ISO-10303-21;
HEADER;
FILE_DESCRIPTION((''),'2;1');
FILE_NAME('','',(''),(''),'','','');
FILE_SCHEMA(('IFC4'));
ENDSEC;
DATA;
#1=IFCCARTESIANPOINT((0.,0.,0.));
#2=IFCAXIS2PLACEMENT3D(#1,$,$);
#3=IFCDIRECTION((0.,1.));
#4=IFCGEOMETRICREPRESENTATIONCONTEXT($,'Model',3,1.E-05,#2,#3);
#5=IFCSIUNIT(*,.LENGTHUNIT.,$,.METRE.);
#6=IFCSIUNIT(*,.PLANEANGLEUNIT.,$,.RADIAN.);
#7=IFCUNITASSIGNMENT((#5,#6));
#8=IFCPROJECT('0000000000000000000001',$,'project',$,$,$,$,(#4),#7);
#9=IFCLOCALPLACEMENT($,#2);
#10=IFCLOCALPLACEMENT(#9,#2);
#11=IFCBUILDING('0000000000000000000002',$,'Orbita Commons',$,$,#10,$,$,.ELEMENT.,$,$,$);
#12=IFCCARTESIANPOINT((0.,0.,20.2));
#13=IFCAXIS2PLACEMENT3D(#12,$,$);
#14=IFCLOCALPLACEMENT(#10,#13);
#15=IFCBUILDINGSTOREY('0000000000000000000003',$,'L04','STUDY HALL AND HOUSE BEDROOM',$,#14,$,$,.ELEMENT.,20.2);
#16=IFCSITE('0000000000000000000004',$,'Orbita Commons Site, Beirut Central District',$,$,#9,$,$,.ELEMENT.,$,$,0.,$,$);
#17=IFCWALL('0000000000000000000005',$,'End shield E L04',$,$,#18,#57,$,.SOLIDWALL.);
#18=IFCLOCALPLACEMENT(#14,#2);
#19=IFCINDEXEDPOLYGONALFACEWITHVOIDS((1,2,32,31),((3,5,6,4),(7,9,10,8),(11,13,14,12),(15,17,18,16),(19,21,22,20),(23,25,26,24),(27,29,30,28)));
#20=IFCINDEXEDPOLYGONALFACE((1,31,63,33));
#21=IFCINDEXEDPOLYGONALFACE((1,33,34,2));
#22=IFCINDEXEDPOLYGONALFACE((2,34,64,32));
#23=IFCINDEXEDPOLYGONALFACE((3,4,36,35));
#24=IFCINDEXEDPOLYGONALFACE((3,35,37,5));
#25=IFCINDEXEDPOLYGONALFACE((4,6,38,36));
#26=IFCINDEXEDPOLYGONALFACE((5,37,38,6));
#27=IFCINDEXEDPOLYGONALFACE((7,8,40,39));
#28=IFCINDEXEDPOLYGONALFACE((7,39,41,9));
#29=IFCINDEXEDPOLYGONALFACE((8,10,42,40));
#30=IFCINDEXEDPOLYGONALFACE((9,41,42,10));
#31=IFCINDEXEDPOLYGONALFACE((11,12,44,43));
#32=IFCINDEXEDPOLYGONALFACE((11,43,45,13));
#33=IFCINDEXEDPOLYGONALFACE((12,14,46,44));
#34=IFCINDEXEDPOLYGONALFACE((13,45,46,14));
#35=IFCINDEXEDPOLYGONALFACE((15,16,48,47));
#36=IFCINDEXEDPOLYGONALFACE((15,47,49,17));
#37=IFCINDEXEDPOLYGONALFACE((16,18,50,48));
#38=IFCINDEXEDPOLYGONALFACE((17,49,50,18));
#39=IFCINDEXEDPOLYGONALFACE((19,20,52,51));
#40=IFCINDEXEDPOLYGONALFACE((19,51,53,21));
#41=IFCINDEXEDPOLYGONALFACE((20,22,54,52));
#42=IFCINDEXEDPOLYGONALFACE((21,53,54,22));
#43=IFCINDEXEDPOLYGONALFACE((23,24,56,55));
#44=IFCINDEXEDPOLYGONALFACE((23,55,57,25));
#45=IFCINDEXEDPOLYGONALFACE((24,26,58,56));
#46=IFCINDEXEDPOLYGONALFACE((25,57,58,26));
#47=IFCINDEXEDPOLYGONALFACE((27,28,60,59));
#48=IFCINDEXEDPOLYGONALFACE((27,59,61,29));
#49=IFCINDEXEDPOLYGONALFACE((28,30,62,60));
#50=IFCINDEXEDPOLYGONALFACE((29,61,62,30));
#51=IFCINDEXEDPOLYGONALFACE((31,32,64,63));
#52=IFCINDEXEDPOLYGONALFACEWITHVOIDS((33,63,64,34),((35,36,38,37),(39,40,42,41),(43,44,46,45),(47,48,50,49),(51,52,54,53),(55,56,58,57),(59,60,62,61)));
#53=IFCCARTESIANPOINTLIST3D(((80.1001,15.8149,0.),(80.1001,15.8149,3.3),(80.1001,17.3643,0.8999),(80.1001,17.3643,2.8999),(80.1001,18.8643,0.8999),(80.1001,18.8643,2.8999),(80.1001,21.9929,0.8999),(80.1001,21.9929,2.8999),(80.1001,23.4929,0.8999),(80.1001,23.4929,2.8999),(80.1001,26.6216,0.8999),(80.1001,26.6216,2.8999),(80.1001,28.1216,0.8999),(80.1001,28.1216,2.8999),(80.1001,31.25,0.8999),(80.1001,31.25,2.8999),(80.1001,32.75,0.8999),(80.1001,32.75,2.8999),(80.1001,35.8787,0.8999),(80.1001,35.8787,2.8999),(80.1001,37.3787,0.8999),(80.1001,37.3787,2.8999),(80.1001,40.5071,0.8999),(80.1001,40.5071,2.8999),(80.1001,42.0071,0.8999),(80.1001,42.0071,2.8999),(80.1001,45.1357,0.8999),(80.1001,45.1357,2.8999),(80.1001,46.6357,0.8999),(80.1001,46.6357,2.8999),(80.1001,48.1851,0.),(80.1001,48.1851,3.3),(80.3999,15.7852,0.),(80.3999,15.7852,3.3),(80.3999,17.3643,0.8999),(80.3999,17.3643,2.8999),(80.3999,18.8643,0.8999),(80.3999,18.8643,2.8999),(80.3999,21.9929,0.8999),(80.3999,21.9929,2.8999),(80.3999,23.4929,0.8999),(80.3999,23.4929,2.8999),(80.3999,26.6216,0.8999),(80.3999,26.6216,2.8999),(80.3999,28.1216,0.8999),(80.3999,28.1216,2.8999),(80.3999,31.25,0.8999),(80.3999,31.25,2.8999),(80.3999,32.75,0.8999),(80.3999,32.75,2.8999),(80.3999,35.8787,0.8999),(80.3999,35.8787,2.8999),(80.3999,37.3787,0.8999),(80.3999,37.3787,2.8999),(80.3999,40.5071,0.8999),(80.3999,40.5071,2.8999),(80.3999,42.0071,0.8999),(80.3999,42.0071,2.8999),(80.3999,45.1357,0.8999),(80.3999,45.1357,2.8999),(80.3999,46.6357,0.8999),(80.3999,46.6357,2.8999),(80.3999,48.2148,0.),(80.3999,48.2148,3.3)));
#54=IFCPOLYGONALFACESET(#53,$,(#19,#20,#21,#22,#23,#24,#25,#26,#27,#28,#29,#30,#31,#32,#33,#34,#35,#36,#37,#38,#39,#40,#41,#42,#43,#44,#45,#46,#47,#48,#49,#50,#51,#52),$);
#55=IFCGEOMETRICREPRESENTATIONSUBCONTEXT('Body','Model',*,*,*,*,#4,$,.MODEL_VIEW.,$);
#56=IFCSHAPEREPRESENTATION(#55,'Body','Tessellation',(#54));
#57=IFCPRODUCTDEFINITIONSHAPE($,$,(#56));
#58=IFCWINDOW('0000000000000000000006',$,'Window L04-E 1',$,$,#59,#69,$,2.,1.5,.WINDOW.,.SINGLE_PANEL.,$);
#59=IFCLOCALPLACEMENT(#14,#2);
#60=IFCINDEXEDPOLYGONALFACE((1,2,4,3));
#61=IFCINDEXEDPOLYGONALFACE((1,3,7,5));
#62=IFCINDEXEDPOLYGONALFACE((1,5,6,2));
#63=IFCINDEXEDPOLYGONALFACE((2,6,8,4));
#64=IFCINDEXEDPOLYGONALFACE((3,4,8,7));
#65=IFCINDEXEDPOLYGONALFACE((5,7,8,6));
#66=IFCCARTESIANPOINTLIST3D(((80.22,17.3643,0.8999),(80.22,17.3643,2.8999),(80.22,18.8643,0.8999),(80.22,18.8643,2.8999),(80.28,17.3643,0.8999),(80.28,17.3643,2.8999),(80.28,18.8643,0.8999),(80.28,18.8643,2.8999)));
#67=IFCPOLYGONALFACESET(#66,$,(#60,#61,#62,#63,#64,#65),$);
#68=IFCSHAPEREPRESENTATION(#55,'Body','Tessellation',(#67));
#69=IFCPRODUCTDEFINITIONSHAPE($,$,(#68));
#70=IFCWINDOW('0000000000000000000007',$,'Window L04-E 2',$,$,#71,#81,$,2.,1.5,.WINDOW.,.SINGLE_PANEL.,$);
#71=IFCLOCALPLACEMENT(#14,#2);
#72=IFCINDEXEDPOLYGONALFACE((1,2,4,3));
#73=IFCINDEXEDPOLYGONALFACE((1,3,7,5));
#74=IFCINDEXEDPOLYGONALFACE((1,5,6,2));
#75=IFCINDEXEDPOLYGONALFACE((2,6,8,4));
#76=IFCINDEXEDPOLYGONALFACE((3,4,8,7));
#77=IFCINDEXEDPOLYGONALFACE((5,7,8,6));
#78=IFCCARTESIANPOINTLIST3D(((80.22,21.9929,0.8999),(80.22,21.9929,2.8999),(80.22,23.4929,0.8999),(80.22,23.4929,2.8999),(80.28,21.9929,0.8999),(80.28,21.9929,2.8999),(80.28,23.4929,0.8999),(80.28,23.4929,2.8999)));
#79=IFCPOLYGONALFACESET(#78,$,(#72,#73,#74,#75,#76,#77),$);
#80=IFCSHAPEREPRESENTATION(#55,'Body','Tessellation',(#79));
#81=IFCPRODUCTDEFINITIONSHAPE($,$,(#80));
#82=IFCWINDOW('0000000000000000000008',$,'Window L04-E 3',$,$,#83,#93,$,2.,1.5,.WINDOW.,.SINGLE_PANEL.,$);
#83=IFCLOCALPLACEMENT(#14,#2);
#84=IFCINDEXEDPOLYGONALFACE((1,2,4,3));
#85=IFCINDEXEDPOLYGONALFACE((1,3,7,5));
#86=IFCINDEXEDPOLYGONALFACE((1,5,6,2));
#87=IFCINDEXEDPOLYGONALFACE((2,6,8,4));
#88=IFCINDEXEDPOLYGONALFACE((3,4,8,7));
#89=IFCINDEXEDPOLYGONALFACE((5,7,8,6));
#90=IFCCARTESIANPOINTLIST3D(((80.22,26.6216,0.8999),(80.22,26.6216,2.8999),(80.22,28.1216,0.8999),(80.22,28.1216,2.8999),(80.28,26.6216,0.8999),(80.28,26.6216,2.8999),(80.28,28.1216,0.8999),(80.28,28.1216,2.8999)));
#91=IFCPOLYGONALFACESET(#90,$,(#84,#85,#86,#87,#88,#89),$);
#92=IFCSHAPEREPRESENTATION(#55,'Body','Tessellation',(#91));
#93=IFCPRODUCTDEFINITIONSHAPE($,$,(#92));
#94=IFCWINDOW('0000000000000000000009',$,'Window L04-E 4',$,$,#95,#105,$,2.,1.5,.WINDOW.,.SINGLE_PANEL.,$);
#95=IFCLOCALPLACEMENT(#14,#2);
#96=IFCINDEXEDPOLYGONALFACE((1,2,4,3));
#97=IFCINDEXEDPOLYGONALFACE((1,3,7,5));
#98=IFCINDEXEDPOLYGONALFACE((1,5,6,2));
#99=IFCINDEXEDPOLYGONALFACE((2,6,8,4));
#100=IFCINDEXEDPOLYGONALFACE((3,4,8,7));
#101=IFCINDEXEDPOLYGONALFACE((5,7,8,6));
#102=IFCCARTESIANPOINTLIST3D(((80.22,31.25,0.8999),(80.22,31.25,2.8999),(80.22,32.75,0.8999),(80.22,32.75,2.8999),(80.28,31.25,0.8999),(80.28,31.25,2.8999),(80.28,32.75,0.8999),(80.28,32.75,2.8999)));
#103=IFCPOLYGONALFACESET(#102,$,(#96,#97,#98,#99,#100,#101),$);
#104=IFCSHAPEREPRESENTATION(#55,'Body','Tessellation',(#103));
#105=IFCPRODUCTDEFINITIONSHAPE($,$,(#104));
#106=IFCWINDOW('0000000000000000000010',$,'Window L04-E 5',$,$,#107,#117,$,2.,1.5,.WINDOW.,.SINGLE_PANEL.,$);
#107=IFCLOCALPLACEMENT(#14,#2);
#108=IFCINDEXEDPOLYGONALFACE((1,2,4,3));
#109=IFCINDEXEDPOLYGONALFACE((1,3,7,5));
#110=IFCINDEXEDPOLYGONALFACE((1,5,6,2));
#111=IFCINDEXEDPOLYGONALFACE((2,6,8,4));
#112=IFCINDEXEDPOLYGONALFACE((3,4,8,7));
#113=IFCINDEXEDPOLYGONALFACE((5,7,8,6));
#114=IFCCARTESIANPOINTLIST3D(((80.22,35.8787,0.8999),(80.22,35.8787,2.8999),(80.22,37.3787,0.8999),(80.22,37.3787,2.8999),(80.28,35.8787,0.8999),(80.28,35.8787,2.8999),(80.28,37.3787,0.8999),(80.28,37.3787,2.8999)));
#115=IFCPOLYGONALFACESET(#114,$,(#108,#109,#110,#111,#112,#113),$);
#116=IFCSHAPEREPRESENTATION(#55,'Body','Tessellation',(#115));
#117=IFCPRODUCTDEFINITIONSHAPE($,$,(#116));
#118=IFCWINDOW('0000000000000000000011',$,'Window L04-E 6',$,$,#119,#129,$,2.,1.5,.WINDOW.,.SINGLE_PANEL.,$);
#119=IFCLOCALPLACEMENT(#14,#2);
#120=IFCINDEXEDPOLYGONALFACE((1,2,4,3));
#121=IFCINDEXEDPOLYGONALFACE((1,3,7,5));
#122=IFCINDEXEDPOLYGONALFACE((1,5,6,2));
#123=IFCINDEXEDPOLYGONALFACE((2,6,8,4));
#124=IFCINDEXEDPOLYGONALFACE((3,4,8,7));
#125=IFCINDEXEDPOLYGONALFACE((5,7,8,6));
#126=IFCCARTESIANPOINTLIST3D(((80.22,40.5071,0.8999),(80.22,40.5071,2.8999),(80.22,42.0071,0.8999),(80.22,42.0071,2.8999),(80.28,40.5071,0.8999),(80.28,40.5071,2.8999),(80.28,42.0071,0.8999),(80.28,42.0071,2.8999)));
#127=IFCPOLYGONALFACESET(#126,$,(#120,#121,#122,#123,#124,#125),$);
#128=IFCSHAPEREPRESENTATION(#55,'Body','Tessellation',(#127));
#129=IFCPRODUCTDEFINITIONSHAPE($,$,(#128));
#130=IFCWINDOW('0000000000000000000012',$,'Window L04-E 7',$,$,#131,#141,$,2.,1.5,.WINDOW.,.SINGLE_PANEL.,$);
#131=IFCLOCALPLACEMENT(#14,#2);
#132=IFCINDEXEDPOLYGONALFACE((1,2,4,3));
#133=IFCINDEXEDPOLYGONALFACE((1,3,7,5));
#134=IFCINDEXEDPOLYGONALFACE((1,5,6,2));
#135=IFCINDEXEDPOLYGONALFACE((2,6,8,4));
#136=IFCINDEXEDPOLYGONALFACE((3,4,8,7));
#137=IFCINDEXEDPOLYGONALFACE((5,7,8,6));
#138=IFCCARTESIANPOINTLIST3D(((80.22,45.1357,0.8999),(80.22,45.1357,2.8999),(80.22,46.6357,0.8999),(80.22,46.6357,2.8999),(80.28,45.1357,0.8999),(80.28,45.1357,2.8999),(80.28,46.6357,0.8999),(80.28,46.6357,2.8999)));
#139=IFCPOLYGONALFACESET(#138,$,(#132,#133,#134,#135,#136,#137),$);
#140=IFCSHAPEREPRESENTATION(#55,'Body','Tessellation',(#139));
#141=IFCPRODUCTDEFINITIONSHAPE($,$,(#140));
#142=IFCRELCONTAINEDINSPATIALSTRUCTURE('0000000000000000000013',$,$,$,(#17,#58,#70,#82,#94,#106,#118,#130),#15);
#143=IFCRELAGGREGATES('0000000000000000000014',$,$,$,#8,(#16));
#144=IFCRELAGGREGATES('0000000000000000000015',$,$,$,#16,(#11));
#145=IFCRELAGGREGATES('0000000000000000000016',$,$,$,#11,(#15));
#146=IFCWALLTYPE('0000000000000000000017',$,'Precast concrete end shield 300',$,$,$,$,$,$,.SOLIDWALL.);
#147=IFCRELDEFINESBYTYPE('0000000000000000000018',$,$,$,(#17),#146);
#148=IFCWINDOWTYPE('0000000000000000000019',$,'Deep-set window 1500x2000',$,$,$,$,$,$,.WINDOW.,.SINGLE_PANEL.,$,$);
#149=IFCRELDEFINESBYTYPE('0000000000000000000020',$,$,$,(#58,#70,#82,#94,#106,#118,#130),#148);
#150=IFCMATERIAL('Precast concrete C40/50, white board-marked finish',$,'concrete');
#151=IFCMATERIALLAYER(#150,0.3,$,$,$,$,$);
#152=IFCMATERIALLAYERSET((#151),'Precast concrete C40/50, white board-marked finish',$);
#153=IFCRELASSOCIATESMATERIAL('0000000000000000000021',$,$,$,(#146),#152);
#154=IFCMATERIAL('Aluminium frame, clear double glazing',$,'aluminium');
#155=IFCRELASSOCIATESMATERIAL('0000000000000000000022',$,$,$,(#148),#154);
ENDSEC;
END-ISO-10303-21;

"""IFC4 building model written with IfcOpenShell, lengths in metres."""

from ifc_helpers import new_model, si_unit, direction, frame, frame_2d, origin, place, context, subcontext, project, spatial, polyline, rectangle, outline, extrude, material, layer, layer_set, type_object, element, fill, save


model = new_model("IFC4")

# Units and contexts
model_context = context("Model", 3, precision=1e-05, world=origin(), true_north=direction((0.0, 1.0)))
body_context = subcontext(model_context, "Body", "Model", "MODEL_VIEW")
ifc_project = project(units=[si_unit("LENGTHUNIT", "METRE"), si_unit("PLANEANGLEUNIT", "RADIAN")], contexts=[model_context])

# Site, building, storey
site_placement = place(None, origin())
site = spatial("IfcSite", under=ifc_project, at=site_placement, Name="Orbita Commons Site, Beirut Central District", CompositionType="ELEMENT", RefElevation=0.0)
building_placement = place(site_placement, origin())
building = spatial("IfcBuilding", under=site, at=building_placement, Name="Orbita Commons", CompositionType="ELEMENT")
storey_placement = place(building_placement, frame((0.0, 0.0, 20.2)))
storey = spatial("IfcBuildingStorey", under=building, at=storey_placement, Name="L04", Description="STUDY HALL AND HOUSE BEDROOM", CompositionType="ELEMENT", Elevation=20.2)

# Wall, openings, windows
ifc_material_1 = material(Name="Precast concrete C40/50, white board-marked finish", Category="concrete")
ifc_layer_1 = layer(ifc_material_1, 0.3)
ifc_layer_set_1 = layer_set([ifc_layer_1], Name="Precast concrete C40/50, white board-marked finish")
wall_type_1 = type_object("IfcWallType", Name="Precast concrete end shield 300", PredefinedType="SOLIDWALL", material=ifc_layer_set_1)
wall_1_placement = place(storey_placement, frame((80.25, 15.8, 0.0), z_axis=(0.0, 0.0, 1.0), x_axis=(0.0, 1.0, 0.0)))
wall_1 = element("IfcWall", 1, at=wall_1_placement, inside=storey, type_object=wall_type_1, Name="End shield E L04", PredefinedType="SOLIDWALL", context=body_context, shape_type="SweptSolid", body=[
    extrude(outline(polyline([(-0.0149, -0.1499), (32.4148, -0.1499), (32.385, 0.1499), (0.0149, 0.1499), (-0.0149, -0.1499)])), origin(), (0.0, 0.0, 1.0), 3.3),
])
opening_1_placement = place(wall_1_placement, frame((1.5642, 0.0, 0.8999)))
opening_1 = element("IfcOpeningElement", 2, at=opening_1_placement, cuts=wall_1, PredefinedType="OPENING", context=body_context, shape_type="SweptSolid", body=[
    extrude(rectangle(XDim=1.5, YDim=2.0, at=frame_2d((0.75, 1.0))), frame((0.0, 0.1599, 0.0), z_axis=(0.0, -1.0, 0.0), x_axis=(1.0, 0.0, 0.0)), (0.0, 0.0, 1.0), 0.3201),
])
opening_2_placement = place(wall_1_placement, frame((6.1929, 0.0, 0.8999)))
opening_2 = element("IfcOpeningElement", 3, at=opening_2_placement, cuts=wall_1, PredefinedType="OPENING", context=body_context, shape_type="SweptSolid", body=[
    extrude(rectangle(XDim=1.5, YDim=2.0, at=frame_2d((0.75, 1.0))), frame((0.0, 0.1599, 0.0), z_axis=(0.0, -1.0, 0.0), x_axis=(1.0, 0.0, 0.0)), (0.0, 0.0, 1.0), 0.3201),
])
opening_3_placement = place(wall_1_placement, frame((10.8215, 0.0, 0.8999)))
opening_3 = element("IfcOpeningElement", 4, at=opening_3_placement, cuts=wall_1, PredefinedType="OPENING", context=body_context, shape_type="SweptSolid", body=[
    extrude(rectangle(XDim=1.5, YDim=2.0, at=frame_2d((0.75, 1.0))), frame((0.0, 0.1599, 0.0), z_axis=(0.0, -1.0, 0.0), x_axis=(1.0, 0.0, 0.0)), (0.0, 0.0, 1.0), 0.3201),
])
opening_4_placement = place(wall_1_placement, frame((15.45, 0.0, 0.8999)))
opening_4 = element("IfcOpeningElement", 5, at=opening_4_placement, cuts=wall_1, PredefinedType="OPENING", context=body_context, shape_type="SweptSolid", body=[
    extrude(rectangle(XDim=1.5, YDim=2.0, at=frame_2d((0.75, 1.0))), frame((0.0, 0.1599, 0.0), z_axis=(0.0, -1.0, 0.0), x_axis=(1.0, 0.0, 0.0)), (0.0, 0.0, 1.0), 0.3201),
])
opening_5_placement = place(wall_1_placement, frame((20.0786, 0.0, 0.8999)))
opening_5 = element("IfcOpeningElement", 6, at=opening_5_placement, cuts=wall_1, PredefinedType="OPENING", context=body_context, shape_type="SweptSolid", body=[
    extrude(rectangle(XDim=1.5, YDim=2.0, at=frame_2d((0.75, 1.0))), frame((0.0, 0.1599, 0.0), z_axis=(0.0, -1.0, 0.0), x_axis=(1.0, 0.0, 0.0)), (0.0, 0.0, 1.0), 0.3201),
])
opening_6_placement = place(wall_1_placement, frame((24.707, 0.0, 0.8999)))
opening_6 = element("IfcOpeningElement", 7, at=opening_6_placement, cuts=wall_1, PredefinedType="OPENING", context=body_context, shape_type="SweptSolid", body=[
    extrude(rectangle(XDim=1.5, YDim=2.0, at=frame_2d((0.75, 1.0))), frame((0.0, 0.1599, 0.0), z_axis=(0.0, -1.0, 0.0), x_axis=(1.0, 0.0, 0.0)), (0.0, 0.0, 1.0), 0.3201),
])
opening_7_placement = place(wall_1_placement, frame((29.3357, 0.0, 0.8999)))
opening_7 = element("IfcOpeningElement", 8, at=opening_7_placement, cuts=wall_1, PredefinedType="OPENING", context=body_context, shape_type="SweptSolid", body=[
    extrude(rectangle(XDim=1.5, YDim=2.0, at=frame_2d((0.75, 1.0))), frame((0.0, 0.1599, 0.0), z_axis=(0.0, -1.0, 0.0), x_axis=(1.0, 0.0, 0.0)), (0.0, 0.0, 1.0), 0.3201),
])
ifc_material_2 = material(Name="Aluminium frame, clear double glazing", Category="aluminium")
window_type = type_object("IfcWindowType", Name="Deep-set window 1500x2000", PartitioningType="SINGLE_PANEL", PredefinedType="WINDOW", material=ifc_material_2)
window_1_placement = place(opening_1_placement, origin())
window_1 = element("IfcWindow", 9, at=window_1_placement, inside=storey, type_object=window_type, Name="Window L04-E 1", OverallHeight=2.0, OverallWidth=1.5, PartitioningType="SINGLE_PANEL", PredefinedType="WINDOW", context=body_context, shape_type="SweptSolid", body=[
    extrude(rectangle(XDim=1.5, YDim=2.0, at=frame_2d((0.75, 1.0))), frame((0.0, 0.03, 0.0), z_axis=(0.0, -1.0, 0.0), x_axis=(1.0, 0.0, 0.0)), (0.0, 0.0, 1.0), 0.0601),
])
fill(opening_1, window_1)
window_2_placement = place(opening_2_placement, origin())
window_2 = element("IfcWindow", 10, at=window_2_placement, inside=storey, type_object=window_type, Name="Window L04-E 2", OverallHeight=2.0, OverallWidth=1.5, PartitioningType="SINGLE_PANEL", PredefinedType="WINDOW", context=body_context, shape_type="SweptSolid", body=[
    extrude(rectangle(XDim=1.5, YDim=2.0, at=frame_2d((0.75, 1.0))), frame((0.0, 0.03, 0.0), z_axis=(0.0, -1.0, 0.0), x_axis=(1.0, 0.0, 0.0)), (0.0, 0.0, 1.0), 0.0601),
])
fill(opening_2, window_2)
window_3_placement = place(opening_3_placement, origin())
window_3 = element("IfcWindow", 11, at=window_3_placement, inside=storey, type_object=window_type, Name="Window L04-E 3", OverallHeight=2.0, OverallWidth=1.5, PartitioningType="SINGLE_PANEL", PredefinedType="WINDOW", context=body_context, shape_type="SweptSolid", body=[
    extrude(rectangle(XDim=1.5, YDim=2.0, at=frame_2d((0.75, 1.0))), frame((0.0, 0.03, 0.0), z_axis=(0.0, -1.0, 0.0), x_axis=(1.0, 0.0, 0.0)), (0.0, 0.0, 1.0), 0.0601),
])
fill(opening_3, window_3)
window_4_placement = place(opening_4_placement, origin())
window_4 = element("IfcWindow", 12, at=window_4_placement, inside=storey, type_object=window_type, Name="Window L04-E 4", OverallHeight=2.0, OverallWidth=1.5, PartitioningType="SINGLE_PANEL", PredefinedType="WINDOW", context=body_context, shape_type="SweptSolid", body=[
    extrude(rectangle(XDim=1.5, YDim=2.0, at=frame_2d((0.75, 1.0))), frame((0.0, 0.03, 0.0), z_axis=(0.0, -1.0, 0.0), x_axis=(1.0, 0.0, 0.0)), (0.0, 0.0, 1.0), 0.0601),
])
fill(opening_4, window_4)
window_5_placement = place(opening_5_placement, origin())
window_5 = element("IfcWindow", 13, at=window_5_placement, inside=storey, type_object=window_type, Name="Window L04-E 5", OverallHeight=2.0, OverallWidth=1.5, PartitioningType="SINGLE_PANEL", PredefinedType="WINDOW", context=body_context, shape_type="SweptSolid", body=[
    extrude(rectangle(XDim=1.5, YDim=2.0, at=frame_2d((0.75, 1.0))), frame((0.0, 0.03, 0.0), z_axis=(0.0, -1.0, 0.0), x_axis=(1.0, 0.0, 0.0)), (0.0, 0.0, 1.0), 0.0601),
])
fill(opening_5, window_5)
window_6_placement = place(opening_6_placement, origin())
window_6 = element("IfcWindow", 14, at=window_6_placement, inside=storey, type_object=window_type, Name="Window L04-E 6", OverallHeight=2.0, OverallWidth=1.5, PartitioningType="SINGLE_PANEL", PredefinedType="WINDOW", context=body_context, shape_type="SweptSolid", body=[
    extrude(rectangle(XDim=1.5, YDim=2.0, at=frame_2d((0.75, 1.0))), frame((0.0, 0.03, 0.0), z_axis=(0.0, -1.0, 0.0), x_axis=(1.0, 0.0, 0.0)), (0.0, 0.0, 1.0), 0.0601),
])
fill(opening_6, window_6)
window_7_placement = place(opening_7_placement, origin())
window_7 = element("IfcWindow", 15, at=window_7_placement, inside=storey, type_object=window_type, Name="Window L04-E 7", OverallHeight=2.0, OverallWidth=1.5, PartitioningType="SINGLE_PANEL", PredefinedType="WINDOW", context=body_context, shape_type="SweptSolid", body=[
    extrude(rectangle(XDim=1.5, YDim=2.0, at=frame_2d((0.75, 1.0))), frame((0.0, 0.03, 0.0), z_axis=(0.0, -1.0, 0.0), x_axis=(1.0, 0.0, 0.0)), (0.0, 0.0, 1.0), 0.0601),
])
fill(opening_7, window_7)

save(model, "model.ifc")
